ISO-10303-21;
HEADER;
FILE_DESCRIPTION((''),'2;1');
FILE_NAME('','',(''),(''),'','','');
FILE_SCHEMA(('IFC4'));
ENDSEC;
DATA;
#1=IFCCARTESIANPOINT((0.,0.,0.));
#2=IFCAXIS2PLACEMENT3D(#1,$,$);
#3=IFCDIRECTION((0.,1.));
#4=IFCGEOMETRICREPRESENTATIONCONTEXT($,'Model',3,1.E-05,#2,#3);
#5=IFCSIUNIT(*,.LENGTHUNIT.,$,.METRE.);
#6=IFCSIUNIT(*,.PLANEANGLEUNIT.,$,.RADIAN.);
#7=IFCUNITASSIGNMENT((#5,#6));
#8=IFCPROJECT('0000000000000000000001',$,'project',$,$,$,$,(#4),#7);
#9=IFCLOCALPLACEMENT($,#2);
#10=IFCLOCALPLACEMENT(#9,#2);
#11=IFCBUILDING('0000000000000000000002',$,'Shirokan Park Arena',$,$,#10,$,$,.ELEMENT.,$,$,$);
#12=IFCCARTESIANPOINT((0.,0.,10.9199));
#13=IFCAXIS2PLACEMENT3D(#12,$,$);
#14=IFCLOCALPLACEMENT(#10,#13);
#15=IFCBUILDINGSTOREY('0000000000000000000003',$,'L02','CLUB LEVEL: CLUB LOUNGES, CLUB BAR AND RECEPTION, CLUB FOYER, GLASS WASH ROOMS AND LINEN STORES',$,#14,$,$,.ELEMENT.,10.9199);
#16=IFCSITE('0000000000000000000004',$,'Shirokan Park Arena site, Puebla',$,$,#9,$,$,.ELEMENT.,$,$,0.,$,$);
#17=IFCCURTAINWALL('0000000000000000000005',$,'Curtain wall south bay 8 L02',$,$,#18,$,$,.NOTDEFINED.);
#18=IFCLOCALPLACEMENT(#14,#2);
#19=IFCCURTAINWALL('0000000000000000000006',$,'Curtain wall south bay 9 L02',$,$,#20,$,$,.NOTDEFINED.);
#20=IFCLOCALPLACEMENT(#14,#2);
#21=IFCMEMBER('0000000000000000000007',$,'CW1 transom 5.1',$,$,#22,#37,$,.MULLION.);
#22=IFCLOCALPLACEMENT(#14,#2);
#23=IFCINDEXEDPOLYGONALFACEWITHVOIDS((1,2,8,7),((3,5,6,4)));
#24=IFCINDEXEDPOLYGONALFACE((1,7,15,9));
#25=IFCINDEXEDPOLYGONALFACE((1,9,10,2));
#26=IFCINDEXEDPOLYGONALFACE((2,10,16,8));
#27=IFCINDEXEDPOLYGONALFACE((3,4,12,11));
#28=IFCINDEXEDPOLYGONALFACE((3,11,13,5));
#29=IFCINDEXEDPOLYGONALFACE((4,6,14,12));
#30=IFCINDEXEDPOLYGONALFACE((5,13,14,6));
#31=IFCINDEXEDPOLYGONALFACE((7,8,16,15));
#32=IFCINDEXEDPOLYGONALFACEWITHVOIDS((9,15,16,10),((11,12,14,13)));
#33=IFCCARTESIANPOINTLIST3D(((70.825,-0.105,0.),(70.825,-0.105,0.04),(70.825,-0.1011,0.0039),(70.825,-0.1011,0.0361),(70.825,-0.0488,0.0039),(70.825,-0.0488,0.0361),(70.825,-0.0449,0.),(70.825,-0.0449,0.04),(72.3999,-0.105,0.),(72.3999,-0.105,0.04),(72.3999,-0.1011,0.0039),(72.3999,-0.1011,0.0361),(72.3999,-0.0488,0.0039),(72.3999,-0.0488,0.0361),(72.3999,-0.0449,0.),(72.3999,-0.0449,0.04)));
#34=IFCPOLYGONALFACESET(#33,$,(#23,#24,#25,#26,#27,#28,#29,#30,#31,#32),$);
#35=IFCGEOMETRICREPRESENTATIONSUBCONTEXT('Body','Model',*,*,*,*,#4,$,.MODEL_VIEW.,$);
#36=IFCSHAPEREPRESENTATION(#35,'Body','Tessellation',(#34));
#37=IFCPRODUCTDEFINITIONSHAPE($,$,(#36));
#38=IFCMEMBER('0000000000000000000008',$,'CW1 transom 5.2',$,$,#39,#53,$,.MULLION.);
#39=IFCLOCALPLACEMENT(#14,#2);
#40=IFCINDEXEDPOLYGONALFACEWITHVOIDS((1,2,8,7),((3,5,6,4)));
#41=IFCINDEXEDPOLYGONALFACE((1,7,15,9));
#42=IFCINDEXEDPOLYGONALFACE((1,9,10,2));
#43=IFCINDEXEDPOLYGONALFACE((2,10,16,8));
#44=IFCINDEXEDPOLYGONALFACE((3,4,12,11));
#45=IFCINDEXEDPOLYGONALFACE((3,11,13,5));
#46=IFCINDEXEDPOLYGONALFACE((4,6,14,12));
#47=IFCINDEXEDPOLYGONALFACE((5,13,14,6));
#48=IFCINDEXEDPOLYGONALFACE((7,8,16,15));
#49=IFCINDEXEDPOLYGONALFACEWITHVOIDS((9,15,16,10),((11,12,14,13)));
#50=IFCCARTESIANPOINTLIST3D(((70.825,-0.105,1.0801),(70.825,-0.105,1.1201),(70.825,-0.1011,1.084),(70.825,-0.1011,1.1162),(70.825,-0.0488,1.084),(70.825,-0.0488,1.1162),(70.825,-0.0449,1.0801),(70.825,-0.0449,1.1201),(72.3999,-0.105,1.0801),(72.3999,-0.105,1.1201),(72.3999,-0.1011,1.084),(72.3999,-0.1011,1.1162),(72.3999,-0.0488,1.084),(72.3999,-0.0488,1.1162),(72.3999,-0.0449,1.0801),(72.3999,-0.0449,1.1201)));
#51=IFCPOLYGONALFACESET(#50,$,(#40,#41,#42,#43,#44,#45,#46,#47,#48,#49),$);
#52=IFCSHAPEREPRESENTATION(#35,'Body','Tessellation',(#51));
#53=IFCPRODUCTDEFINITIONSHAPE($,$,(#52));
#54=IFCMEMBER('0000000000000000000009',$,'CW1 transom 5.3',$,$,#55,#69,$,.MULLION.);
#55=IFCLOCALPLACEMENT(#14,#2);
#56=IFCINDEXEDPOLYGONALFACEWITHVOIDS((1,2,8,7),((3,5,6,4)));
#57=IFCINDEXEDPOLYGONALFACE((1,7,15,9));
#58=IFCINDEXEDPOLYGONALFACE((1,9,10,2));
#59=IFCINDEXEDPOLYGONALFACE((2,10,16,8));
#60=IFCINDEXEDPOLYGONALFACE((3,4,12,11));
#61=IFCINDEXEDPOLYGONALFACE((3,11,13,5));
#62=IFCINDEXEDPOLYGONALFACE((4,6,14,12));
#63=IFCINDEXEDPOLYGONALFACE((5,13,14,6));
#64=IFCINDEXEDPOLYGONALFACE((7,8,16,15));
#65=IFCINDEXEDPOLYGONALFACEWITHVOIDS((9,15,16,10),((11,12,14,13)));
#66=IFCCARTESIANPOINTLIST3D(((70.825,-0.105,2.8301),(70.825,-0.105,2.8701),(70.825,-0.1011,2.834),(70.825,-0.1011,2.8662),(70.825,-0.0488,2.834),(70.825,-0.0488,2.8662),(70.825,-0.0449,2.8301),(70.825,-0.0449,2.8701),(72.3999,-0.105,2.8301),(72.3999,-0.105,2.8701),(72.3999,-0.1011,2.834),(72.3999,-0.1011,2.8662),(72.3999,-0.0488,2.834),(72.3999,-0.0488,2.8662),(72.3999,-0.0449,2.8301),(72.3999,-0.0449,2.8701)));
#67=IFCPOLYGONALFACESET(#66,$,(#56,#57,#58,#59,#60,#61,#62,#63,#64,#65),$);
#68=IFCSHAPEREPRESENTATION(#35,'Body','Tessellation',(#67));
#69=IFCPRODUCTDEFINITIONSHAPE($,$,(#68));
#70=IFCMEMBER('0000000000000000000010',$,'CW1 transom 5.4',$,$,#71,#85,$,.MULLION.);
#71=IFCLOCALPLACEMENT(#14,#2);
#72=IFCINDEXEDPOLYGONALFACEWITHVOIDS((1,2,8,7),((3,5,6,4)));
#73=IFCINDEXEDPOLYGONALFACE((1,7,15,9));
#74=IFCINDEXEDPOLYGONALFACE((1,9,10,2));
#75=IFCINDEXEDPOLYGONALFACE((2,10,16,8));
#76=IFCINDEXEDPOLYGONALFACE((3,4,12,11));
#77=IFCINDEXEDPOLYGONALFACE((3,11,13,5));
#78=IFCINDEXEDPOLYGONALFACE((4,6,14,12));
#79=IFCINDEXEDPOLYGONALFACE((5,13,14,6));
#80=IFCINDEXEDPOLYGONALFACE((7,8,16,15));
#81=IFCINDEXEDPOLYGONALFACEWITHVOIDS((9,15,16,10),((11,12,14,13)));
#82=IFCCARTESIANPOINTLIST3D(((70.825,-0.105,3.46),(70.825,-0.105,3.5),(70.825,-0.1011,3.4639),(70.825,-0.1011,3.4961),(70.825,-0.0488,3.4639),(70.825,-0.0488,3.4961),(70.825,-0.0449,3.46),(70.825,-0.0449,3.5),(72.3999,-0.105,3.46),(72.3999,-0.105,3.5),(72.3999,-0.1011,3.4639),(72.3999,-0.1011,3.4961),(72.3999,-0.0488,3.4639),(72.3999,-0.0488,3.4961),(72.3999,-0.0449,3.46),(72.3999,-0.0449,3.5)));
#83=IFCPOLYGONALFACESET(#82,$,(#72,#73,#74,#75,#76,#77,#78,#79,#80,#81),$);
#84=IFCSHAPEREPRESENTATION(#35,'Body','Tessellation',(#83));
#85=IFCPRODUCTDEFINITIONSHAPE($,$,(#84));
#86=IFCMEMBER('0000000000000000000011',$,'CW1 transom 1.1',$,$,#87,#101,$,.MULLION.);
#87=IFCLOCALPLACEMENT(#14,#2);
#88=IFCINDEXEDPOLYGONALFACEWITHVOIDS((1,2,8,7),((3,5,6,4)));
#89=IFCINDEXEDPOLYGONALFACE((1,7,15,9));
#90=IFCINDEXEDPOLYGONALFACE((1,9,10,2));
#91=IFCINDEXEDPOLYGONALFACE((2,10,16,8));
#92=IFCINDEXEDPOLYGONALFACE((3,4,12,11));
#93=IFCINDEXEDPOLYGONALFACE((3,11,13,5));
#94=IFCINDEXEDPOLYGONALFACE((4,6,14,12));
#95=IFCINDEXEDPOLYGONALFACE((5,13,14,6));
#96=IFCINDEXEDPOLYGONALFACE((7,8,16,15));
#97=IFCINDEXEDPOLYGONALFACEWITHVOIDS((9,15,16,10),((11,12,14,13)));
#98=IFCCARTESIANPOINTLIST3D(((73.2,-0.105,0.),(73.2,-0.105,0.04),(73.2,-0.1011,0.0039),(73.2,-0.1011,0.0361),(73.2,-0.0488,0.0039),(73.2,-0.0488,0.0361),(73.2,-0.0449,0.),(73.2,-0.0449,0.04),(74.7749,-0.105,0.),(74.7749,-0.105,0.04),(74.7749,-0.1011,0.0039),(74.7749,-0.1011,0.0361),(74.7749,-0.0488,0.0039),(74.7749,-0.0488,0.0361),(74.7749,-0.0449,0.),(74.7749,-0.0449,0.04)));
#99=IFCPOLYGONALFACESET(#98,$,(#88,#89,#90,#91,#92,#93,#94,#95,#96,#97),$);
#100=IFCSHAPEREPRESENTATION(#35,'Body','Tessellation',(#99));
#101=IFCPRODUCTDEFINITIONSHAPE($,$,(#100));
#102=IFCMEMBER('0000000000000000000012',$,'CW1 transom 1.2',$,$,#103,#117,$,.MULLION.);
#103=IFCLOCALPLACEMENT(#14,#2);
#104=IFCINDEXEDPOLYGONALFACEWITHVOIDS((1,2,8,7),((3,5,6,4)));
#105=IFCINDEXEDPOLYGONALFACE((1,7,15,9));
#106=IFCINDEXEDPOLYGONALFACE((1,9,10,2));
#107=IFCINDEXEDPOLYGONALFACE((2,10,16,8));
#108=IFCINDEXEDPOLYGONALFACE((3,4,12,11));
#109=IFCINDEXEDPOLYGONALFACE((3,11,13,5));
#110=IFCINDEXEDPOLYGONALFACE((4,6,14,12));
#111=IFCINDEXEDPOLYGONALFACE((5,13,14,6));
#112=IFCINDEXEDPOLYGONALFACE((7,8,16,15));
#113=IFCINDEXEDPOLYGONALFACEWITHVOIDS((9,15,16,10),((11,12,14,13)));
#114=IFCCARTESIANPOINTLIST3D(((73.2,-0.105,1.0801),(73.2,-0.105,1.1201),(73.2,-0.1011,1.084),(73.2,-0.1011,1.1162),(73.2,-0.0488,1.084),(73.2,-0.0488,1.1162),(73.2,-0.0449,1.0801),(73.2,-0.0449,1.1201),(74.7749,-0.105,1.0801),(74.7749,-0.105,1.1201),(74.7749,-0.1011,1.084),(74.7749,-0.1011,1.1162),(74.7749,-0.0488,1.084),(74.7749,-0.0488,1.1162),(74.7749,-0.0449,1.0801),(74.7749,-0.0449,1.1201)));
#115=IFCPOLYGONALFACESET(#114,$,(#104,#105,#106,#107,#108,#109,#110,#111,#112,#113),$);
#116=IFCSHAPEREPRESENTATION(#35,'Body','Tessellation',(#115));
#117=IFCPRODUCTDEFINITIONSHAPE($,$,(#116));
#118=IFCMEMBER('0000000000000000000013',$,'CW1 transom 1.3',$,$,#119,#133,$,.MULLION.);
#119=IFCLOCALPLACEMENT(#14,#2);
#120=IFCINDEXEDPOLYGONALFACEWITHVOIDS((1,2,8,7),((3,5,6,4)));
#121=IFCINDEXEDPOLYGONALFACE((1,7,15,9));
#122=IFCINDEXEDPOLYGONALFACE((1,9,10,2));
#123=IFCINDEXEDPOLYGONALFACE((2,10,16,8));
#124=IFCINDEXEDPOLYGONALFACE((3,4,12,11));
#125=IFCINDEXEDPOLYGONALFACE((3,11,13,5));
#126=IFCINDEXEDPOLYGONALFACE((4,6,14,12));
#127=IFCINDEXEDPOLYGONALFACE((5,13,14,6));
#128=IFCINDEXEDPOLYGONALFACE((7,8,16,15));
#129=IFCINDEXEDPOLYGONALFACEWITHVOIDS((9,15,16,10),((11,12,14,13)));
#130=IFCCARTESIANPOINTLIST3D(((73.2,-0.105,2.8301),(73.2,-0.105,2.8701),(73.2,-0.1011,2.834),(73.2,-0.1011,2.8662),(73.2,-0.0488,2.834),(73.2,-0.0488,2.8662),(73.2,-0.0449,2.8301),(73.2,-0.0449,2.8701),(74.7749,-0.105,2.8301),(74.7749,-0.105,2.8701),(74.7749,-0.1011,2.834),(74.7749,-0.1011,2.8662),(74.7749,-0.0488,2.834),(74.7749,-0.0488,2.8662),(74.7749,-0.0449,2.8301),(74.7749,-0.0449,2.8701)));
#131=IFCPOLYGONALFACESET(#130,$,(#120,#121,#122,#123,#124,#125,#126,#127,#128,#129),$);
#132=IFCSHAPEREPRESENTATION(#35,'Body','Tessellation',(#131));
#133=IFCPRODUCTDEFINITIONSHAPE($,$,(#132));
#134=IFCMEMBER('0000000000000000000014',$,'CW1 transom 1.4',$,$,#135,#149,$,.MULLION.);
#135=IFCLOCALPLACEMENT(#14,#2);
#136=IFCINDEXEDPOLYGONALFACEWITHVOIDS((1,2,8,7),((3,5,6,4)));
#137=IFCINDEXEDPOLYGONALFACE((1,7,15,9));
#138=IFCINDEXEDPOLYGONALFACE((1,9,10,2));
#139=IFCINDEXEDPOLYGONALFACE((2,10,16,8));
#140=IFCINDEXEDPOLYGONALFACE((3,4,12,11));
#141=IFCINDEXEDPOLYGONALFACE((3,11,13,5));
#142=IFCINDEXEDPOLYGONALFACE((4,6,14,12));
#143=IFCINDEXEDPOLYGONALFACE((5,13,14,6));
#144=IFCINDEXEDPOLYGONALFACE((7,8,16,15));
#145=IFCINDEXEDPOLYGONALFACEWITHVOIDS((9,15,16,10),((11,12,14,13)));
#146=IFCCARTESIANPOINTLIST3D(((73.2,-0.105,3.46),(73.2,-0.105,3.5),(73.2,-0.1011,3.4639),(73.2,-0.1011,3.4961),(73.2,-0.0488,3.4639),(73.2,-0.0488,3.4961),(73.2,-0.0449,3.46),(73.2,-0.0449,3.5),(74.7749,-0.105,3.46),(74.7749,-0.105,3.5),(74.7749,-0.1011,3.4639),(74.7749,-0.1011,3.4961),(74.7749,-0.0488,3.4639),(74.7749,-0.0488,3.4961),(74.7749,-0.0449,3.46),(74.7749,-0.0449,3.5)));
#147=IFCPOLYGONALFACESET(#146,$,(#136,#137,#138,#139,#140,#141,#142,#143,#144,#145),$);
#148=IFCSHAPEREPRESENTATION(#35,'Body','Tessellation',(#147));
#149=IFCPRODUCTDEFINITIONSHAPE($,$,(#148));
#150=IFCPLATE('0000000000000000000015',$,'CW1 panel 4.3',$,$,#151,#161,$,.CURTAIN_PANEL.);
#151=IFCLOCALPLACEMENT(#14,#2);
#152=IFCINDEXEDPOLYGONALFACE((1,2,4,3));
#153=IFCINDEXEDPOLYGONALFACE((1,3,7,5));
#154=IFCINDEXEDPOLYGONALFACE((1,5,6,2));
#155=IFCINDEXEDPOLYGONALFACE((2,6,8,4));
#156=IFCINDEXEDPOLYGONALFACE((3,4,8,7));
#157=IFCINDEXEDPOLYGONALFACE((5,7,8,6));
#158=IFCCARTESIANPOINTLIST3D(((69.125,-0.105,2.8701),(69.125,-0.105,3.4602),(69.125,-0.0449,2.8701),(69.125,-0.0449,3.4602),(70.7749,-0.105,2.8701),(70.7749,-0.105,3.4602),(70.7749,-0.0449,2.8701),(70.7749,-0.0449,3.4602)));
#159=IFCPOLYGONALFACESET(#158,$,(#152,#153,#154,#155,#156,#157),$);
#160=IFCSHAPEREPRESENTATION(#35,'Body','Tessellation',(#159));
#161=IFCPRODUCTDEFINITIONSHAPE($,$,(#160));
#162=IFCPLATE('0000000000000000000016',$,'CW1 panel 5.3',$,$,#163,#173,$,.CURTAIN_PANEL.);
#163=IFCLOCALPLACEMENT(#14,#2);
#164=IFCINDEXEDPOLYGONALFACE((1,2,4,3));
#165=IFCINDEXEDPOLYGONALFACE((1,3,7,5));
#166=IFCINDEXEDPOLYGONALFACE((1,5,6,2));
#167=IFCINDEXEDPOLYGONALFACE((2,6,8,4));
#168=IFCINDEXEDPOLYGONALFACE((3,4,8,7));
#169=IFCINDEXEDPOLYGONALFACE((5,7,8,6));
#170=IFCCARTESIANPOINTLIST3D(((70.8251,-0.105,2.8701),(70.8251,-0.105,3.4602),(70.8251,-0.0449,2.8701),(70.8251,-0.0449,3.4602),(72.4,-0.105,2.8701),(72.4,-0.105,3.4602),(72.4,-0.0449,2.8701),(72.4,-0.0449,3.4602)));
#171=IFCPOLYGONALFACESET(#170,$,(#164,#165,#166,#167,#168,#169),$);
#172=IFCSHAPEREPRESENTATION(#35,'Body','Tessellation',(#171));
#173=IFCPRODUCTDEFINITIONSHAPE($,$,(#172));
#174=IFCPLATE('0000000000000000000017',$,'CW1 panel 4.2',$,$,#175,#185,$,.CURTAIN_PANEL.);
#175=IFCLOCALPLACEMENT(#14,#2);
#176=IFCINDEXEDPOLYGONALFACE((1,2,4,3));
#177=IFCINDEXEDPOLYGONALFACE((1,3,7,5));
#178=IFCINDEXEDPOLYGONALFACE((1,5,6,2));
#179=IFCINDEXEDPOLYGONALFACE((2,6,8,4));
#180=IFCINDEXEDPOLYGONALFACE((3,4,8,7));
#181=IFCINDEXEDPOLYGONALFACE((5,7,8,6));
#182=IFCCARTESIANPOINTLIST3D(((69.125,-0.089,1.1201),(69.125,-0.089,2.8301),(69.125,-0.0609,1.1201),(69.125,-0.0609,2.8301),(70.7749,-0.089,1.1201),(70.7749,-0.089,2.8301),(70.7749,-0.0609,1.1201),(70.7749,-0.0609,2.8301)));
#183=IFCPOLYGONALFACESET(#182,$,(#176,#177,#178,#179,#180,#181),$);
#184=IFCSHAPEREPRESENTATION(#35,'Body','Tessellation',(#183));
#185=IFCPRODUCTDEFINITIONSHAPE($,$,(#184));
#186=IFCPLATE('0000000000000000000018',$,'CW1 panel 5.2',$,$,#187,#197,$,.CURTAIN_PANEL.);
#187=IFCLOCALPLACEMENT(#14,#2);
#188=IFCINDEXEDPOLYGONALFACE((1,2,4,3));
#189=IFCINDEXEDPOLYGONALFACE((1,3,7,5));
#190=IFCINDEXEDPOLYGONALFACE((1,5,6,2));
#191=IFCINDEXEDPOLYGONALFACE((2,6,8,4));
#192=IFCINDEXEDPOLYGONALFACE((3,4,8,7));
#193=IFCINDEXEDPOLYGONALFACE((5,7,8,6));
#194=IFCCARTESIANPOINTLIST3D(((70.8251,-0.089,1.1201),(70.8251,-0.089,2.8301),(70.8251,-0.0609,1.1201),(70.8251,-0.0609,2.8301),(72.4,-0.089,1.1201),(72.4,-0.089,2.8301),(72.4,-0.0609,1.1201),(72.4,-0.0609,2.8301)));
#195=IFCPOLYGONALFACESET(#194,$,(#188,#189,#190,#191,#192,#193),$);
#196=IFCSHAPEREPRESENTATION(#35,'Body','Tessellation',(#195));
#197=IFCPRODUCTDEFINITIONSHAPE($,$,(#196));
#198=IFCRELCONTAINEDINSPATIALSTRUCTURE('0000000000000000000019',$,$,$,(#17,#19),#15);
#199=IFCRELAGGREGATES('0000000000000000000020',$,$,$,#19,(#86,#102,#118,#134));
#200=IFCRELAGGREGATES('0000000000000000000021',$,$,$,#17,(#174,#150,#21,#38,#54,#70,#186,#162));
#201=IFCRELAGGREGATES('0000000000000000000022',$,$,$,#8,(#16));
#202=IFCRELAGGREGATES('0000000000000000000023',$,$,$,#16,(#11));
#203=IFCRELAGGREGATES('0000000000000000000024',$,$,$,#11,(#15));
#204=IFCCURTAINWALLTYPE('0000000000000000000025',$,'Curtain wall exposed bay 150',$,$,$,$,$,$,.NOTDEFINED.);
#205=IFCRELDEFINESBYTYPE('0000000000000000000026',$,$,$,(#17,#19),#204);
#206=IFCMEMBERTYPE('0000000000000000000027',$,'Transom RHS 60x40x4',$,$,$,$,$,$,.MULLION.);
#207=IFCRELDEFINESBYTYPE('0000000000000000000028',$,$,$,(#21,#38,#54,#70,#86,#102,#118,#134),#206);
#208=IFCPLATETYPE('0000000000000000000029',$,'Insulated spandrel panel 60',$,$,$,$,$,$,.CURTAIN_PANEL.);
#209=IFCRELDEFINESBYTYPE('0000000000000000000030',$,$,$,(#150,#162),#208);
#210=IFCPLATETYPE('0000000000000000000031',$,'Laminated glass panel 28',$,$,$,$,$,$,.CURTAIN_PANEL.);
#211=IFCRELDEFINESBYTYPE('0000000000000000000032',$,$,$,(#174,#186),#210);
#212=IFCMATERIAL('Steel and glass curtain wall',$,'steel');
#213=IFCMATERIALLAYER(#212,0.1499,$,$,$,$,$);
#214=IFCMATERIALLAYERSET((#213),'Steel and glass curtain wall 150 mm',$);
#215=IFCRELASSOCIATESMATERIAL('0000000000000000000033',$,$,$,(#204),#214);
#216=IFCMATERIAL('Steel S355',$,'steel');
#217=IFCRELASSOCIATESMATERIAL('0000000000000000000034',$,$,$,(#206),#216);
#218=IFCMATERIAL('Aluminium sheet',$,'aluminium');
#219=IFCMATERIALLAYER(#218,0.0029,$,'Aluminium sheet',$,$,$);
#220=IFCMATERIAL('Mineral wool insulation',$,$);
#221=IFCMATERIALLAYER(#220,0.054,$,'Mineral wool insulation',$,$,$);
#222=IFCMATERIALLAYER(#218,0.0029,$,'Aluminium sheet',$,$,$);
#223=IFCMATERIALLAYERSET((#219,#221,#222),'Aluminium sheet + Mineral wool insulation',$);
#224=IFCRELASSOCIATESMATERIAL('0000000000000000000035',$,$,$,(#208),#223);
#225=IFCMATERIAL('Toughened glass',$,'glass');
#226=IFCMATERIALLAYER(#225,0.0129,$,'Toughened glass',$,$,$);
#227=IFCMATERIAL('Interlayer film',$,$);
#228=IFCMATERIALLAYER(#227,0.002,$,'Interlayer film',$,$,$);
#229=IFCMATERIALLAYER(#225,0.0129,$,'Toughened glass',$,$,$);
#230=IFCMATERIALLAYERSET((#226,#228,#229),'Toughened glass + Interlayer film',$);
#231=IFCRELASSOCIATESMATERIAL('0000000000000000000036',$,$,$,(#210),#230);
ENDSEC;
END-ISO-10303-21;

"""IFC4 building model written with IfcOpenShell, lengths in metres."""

from ifc_helpers import new_model, si_unit, direction, frame, origin, origin_2d, place, context, subcontext, project, spatial, rectangle, hollow_rectangle, extrude, material, layer, layer_set, material_profile, profile_set, type_object, element, aggregate, save


model = new_model("IFC4")

# Units and contexts
model_context = context("Model", 3, precision=1e-05, world=origin(), true_north=direction((0.0, 1.0)))
body_context = subcontext(model_context, "Body", "Model", "MODEL_VIEW")
ifc_project = project(units=[si_unit("LENGTHUNIT", "METRE"), si_unit("PLANEANGLEUNIT", "RADIAN")], contexts=[model_context])

# Site, building, storey
site_placement = place(None, origin())
site = spatial("IfcSite", under=ifc_project, at=site_placement, Name="Shirokan Park Arena site, Puebla", CompositionType="ELEMENT", RefElevation=0.0)
building_placement = place(site_placement, origin())
building = spatial("IfcBuilding", under=site, at=building_placement, Name="Shirokan Park Arena", CompositionType="ELEMENT")
storey_placement = place(building_placement, frame((0.0, 0.0, 10.9199)))
storey = spatial("IfcBuildingStorey", under=building, at=storey_placement, Name="L02", Description="CLUB LEVEL: CLUB LOUNGES, CLUB BAR AND RECEPTION, CLUB FOYER, GLASS WASH ROOMS AND LINEN STORES", CompositionType="ELEMENT", Elevation=10.9199)

# Curtain walls
ifc_material_1 = material(Name="Steel and glass curtain wall", Category="steel")
ifc_layer_1 = layer(ifc_material_1, 0.1499)
ifc_layer_set_1 = layer_set([ifc_layer_1], Name="Steel and glass curtain wall 150 mm")
curtain_wall_type = type_object("IfcCurtainWallType", Name="Curtain wall exposed bay 150", PredefinedType="NOTDEFINED", material=ifc_layer_set_1)
curtain_wall_1_placement = place(storey_placement, origin())
curtain_wall_1 = element("IfcCurtainWall", 1, at=curtain_wall_1_placement, inside=storey, type_object=curtain_wall_type, Name="Curtain wall south bay 8 L02", PredefinedType="NOTDEFINED")
ifc_material_2 = material(Name="Steel S355", Category="steel")
curtain_wall_2_placement = place(storey_placement, origin())
curtain_wall_2 = element("IfcCurtainWall", 2, at=curtain_wall_2_placement, inside=storey, type_object=curtain_wall_type, Name="Curtain wall south bay 9 L02", PredefinedType="NOTDEFINED")

# Members
ifc_material_profile_1 = material_profile(ifc_material_2, hollow_rectangle(XDim=0.0601, YDim=0.04, WallThickness=0.0039, at=origin_2d()), Name="RHS 60x40x4")
ifc_profile_set_1 = profile_set([ifc_material_profile_1], Name="Steel S355")
member_type_1 = type_object("IfcMemberType", Name="Transom RHS 60x40x4", PredefinedType="MULLION", material=ifc_profile_set_1)
member_1_placement = place(storey_placement, frame((70.825, -0.075, 0.02), z_axis=(1.0, 0.0, 0.0), x_axis=(0.0, 1.0, 0.0)))
member_1 = element("IfcMember", 3, at=member_1_placement, type_object=member_type_1, Name="CW1 transom 5.1", PredefinedType="MULLION", context=body_context, shape_type="SweptSolid", body=[
    extrude(hollow_rectangle(XDim=0.0601, YDim=0.04, WallThickness=0.0039, at=origin_2d()), origin(), (0.0, 0.0, 1.0), 1.575),
])
member_2_placement = place(storey_placement, frame((70.825, -0.075, 1.1001), z_axis=(1.0, 0.0, 0.0), x_axis=(0.0, 1.0, 0.0)))
member_2 = element("IfcMember", 4, at=member_2_placement, type_object=member_type_1, Name="CW1 transom 5.2", PredefinedType="MULLION", context=body_context, shape_type="SweptSolid", body=[
    extrude(hollow_rectangle(XDim=0.0601, YDim=0.04, WallThickness=0.0039, at=origin_2d()), origin(), (0.0, 0.0, 1.0), 1.575),
])
member_3_placement = place(storey_placement, frame((70.825, -0.075, 2.8501), z_axis=(1.0, 0.0, 0.0), x_axis=(0.0, 1.0, 0.0)))
member_3 = element("IfcMember", 5, at=member_3_placement, type_object=member_type_1, Name="CW1 transom 5.3", PredefinedType="MULLION", context=body_context, shape_type="SweptSolid", body=[
    extrude(hollow_rectangle(XDim=0.0601, YDim=0.04, WallThickness=0.0039, at=origin_2d()), origin(), (0.0, 0.0, 1.0), 1.575),
])
member_4_placement = place(storey_placement, frame((70.825, -0.075, 3.48), z_axis=(1.0, 0.0, 0.0), x_axis=(0.0, 1.0, 0.0)))
member_4 = element("IfcMember", 6, at=member_4_placement, type_object=member_type_1, Name="CW1 transom 5.4", PredefinedType="MULLION", context=body_context, shape_type="SweptSolid", body=[
    extrude(hollow_rectangle(XDim=0.0601, YDim=0.04, WallThickness=0.0039, at=origin_2d()), origin(), (0.0, 0.0, 1.0), 1.575),
])
member_5_placement = place(storey_placement, frame((73.2, -0.075, 0.02), z_axis=(1.0, 0.0, 0.0), x_axis=(0.0, 1.0, 0.0)))
member_5 = element("IfcMember", 7, at=member_5_placement, type_object=member_type_1, Name="CW1 transom 1.1", PredefinedType="MULLION", context=body_context, shape_type="SweptSolid", body=[
    extrude(hollow_rectangle(XDim=0.0601, YDim=0.04, WallThickness=0.0039, at=origin_2d()), origin(), (0.0, 0.0, 1.0), 1.575),
])
member_6_placement = place(storey_placement, frame((73.2, -0.075, 1.1001), z_axis=(1.0, 0.0, 0.0), x_axis=(0.0, 1.0, 0.0)))
member_6 = element("IfcMember", 8, at=member_6_placement, type_object=member_type_1, Name="CW1 transom 1.2", PredefinedType="MULLION", context=body_context, shape_type="SweptSolid", body=[
    extrude(hollow_rectangle(XDim=0.0601, YDim=0.04, WallThickness=0.0039, at=origin_2d()), origin(), (0.0, 0.0, 1.0), 1.575),
])
member_7_placement = place(storey_placement, frame((73.2, -0.075, 2.8501), z_axis=(1.0, 0.0, 0.0), x_axis=(0.0, 1.0, 0.0)))
member_7 = element("IfcMember", 9, at=member_7_placement, type_object=member_type_1, Name="CW1 transom 1.3", PredefinedType="MULLION", context=body_context, shape_type="SweptSolid", body=[
    extrude(hollow_rectangle(XDim=0.0601, YDim=0.04, WallThickness=0.0039, at=origin_2d()), origin(), (0.0, 0.0, 1.0), 1.575),
])
member_8_placement = place(storey_placement, frame((73.2, -0.075, 3.48), z_axis=(1.0, 0.0, 0.0), x_axis=(0.0, 1.0, 0.0)))
member_8 = element("IfcMember", 10, at=member_8_placement, type_object=member_type_1, Name="CW1 transom 1.4", PredefinedType="MULLION", context=body_context, shape_type="SweptSolid", body=[
    extrude(hollow_rectangle(XDim=0.0601, YDim=0.04, WallThickness=0.0039, at=origin_2d()), origin(), (0.0, 0.0, 1.0), 1.575),
])
aggregate(curtain_wall_2, [member_5, member_6, member_7, member_8])

# Plates
ifc_material_3 = material(Name="Aluminium sheet", Category="aluminium")
ifc_layer_2 = layer(ifc_material_3, 0.0029, Name="Aluminium sheet")
ifc_material_4 = material(Name="Mineral wool insulation")
ifc_layer_3 = layer(ifc_material_4, 0.054, Name="Mineral wool insulation")
ifc_layer_4 = layer(ifc_material_3, 0.0029, Name="Aluminium sheet")
ifc_layer_set_2 = layer_set([ifc_layer_2, ifc_layer_3, ifc_layer_4], Name="Aluminium sheet + Mineral wool insulation")
plate_type_1 = type_object("IfcPlateType", Name="Insulated spandrel panel 60", PredefinedType="CURTAIN_PANEL", material=ifc_layer_set_2)
plate_1_placement = place(storey_placement, frame((69.95, -0.075, 2.8701), z_axis=(0.0, 0.0, 1.0), x_axis=(1.0, 0.0, 0.0)))
plate_1 = element("IfcPlate", 11, at=plate_1_placement, type_object=plate_type_1, Name="CW1 panel 4.3", PredefinedType="CURTAIN_PANEL", context=body_context, shape_type="SweptSolid", body=[
    extrude(rectangle(XDim=1.6499, YDim=0.0601, at=origin_2d()), origin(), (0.0, 0.0, 1.0), 0.5901),
])
plate_2_placement = place(storey_placement, frame((71.6125, -0.075, 2.8701), z_axis=(0.0, 0.0, 1.0), x_axis=(1.0, 0.0, 0.0)))
plate_2 = element("IfcPlate", 12, at=plate_2_placement, type_object=plate_type_1, Name="CW1 panel 5.3", PredefinedType="CURTAIN_PANEL", context=body_context, shape_type="SweptSolid", body=[
    extrude(rectangle(XDim=1.575, YDim=0.0601, at=origin_2d()), origin(), (0.0, 0.0, 1.0), 0.5901),
])
ifc_material_5 = material(Name="Toughened glass", Category="glass")
ifc_layer_5 = layer(ifc_material_5, 0.0129, Name="Toughened glass")
ifc_material_6 = material(Name="Interlayer film")
ifc_layer_6 = layer(ifc_material_6, 0.002, Name="Interlayer film")
ifc_layer_7 = layer(ifc_material_5, 0.0129, Name="Toughened glass")
ifc_layer_set_3 = layer_set([ifc_layer_5, ifc_layer_6, ifc_layer_7], Name="Toughened glass + Interlayer film")
plate_type_2 = type_object("IfcPlateType", Name="Laminated glass panel 28", PredefinedType="CURTAIN_PANEL", material=ifc_layer_set_3)
plate_3_placement = place(storey_placement, frame((69.95, -0.075, 1.1201), z_axis=(0.0, 0.0, 1.0), x_axis=(1.0, 0.0, 0.0)))
plate_3 = element("IfcPlate", 13, at=plate_3_placement, type_object=plate_type_2, Name="CW1 panel 4.2", PredefinedType="CURTAIN_PANEL", context=body_context, shape_type="SweptSolid", body=[
    extrude(rectangle(XDim=1.6499, YDim=0.0281, at=origin_2d()), origin(), (0.0, 0.0, 1.0), 1.71),
])
plate_4_placement = place(storey_placement, frame((71.6125, -0.075, 1.1201), z_axis=(0.0, 0.0, 1.0), x_axis=(1.0, 0.0, 0.0)))
plate_4 = element("IfcPlate", 14, at=plate_4_placement, type_object=plate_type_2, Name="CW1 panel 5.2", PredefinedType="CURTAIN_PANEL", context=body_context, shape_type="SweptSolid", body=[
    extrude(rectangle(XDim=1.575, YDim=0.0281, at=origin_2d()), origin(), (0.0, 0.0, 1.0), 1.71),
])
aggregate(curtain_wall_1, [plate_3, plate_1, member_1, member_2, member_3, member_4, plate_4, plate_2])

save(model, "model.ifc")
